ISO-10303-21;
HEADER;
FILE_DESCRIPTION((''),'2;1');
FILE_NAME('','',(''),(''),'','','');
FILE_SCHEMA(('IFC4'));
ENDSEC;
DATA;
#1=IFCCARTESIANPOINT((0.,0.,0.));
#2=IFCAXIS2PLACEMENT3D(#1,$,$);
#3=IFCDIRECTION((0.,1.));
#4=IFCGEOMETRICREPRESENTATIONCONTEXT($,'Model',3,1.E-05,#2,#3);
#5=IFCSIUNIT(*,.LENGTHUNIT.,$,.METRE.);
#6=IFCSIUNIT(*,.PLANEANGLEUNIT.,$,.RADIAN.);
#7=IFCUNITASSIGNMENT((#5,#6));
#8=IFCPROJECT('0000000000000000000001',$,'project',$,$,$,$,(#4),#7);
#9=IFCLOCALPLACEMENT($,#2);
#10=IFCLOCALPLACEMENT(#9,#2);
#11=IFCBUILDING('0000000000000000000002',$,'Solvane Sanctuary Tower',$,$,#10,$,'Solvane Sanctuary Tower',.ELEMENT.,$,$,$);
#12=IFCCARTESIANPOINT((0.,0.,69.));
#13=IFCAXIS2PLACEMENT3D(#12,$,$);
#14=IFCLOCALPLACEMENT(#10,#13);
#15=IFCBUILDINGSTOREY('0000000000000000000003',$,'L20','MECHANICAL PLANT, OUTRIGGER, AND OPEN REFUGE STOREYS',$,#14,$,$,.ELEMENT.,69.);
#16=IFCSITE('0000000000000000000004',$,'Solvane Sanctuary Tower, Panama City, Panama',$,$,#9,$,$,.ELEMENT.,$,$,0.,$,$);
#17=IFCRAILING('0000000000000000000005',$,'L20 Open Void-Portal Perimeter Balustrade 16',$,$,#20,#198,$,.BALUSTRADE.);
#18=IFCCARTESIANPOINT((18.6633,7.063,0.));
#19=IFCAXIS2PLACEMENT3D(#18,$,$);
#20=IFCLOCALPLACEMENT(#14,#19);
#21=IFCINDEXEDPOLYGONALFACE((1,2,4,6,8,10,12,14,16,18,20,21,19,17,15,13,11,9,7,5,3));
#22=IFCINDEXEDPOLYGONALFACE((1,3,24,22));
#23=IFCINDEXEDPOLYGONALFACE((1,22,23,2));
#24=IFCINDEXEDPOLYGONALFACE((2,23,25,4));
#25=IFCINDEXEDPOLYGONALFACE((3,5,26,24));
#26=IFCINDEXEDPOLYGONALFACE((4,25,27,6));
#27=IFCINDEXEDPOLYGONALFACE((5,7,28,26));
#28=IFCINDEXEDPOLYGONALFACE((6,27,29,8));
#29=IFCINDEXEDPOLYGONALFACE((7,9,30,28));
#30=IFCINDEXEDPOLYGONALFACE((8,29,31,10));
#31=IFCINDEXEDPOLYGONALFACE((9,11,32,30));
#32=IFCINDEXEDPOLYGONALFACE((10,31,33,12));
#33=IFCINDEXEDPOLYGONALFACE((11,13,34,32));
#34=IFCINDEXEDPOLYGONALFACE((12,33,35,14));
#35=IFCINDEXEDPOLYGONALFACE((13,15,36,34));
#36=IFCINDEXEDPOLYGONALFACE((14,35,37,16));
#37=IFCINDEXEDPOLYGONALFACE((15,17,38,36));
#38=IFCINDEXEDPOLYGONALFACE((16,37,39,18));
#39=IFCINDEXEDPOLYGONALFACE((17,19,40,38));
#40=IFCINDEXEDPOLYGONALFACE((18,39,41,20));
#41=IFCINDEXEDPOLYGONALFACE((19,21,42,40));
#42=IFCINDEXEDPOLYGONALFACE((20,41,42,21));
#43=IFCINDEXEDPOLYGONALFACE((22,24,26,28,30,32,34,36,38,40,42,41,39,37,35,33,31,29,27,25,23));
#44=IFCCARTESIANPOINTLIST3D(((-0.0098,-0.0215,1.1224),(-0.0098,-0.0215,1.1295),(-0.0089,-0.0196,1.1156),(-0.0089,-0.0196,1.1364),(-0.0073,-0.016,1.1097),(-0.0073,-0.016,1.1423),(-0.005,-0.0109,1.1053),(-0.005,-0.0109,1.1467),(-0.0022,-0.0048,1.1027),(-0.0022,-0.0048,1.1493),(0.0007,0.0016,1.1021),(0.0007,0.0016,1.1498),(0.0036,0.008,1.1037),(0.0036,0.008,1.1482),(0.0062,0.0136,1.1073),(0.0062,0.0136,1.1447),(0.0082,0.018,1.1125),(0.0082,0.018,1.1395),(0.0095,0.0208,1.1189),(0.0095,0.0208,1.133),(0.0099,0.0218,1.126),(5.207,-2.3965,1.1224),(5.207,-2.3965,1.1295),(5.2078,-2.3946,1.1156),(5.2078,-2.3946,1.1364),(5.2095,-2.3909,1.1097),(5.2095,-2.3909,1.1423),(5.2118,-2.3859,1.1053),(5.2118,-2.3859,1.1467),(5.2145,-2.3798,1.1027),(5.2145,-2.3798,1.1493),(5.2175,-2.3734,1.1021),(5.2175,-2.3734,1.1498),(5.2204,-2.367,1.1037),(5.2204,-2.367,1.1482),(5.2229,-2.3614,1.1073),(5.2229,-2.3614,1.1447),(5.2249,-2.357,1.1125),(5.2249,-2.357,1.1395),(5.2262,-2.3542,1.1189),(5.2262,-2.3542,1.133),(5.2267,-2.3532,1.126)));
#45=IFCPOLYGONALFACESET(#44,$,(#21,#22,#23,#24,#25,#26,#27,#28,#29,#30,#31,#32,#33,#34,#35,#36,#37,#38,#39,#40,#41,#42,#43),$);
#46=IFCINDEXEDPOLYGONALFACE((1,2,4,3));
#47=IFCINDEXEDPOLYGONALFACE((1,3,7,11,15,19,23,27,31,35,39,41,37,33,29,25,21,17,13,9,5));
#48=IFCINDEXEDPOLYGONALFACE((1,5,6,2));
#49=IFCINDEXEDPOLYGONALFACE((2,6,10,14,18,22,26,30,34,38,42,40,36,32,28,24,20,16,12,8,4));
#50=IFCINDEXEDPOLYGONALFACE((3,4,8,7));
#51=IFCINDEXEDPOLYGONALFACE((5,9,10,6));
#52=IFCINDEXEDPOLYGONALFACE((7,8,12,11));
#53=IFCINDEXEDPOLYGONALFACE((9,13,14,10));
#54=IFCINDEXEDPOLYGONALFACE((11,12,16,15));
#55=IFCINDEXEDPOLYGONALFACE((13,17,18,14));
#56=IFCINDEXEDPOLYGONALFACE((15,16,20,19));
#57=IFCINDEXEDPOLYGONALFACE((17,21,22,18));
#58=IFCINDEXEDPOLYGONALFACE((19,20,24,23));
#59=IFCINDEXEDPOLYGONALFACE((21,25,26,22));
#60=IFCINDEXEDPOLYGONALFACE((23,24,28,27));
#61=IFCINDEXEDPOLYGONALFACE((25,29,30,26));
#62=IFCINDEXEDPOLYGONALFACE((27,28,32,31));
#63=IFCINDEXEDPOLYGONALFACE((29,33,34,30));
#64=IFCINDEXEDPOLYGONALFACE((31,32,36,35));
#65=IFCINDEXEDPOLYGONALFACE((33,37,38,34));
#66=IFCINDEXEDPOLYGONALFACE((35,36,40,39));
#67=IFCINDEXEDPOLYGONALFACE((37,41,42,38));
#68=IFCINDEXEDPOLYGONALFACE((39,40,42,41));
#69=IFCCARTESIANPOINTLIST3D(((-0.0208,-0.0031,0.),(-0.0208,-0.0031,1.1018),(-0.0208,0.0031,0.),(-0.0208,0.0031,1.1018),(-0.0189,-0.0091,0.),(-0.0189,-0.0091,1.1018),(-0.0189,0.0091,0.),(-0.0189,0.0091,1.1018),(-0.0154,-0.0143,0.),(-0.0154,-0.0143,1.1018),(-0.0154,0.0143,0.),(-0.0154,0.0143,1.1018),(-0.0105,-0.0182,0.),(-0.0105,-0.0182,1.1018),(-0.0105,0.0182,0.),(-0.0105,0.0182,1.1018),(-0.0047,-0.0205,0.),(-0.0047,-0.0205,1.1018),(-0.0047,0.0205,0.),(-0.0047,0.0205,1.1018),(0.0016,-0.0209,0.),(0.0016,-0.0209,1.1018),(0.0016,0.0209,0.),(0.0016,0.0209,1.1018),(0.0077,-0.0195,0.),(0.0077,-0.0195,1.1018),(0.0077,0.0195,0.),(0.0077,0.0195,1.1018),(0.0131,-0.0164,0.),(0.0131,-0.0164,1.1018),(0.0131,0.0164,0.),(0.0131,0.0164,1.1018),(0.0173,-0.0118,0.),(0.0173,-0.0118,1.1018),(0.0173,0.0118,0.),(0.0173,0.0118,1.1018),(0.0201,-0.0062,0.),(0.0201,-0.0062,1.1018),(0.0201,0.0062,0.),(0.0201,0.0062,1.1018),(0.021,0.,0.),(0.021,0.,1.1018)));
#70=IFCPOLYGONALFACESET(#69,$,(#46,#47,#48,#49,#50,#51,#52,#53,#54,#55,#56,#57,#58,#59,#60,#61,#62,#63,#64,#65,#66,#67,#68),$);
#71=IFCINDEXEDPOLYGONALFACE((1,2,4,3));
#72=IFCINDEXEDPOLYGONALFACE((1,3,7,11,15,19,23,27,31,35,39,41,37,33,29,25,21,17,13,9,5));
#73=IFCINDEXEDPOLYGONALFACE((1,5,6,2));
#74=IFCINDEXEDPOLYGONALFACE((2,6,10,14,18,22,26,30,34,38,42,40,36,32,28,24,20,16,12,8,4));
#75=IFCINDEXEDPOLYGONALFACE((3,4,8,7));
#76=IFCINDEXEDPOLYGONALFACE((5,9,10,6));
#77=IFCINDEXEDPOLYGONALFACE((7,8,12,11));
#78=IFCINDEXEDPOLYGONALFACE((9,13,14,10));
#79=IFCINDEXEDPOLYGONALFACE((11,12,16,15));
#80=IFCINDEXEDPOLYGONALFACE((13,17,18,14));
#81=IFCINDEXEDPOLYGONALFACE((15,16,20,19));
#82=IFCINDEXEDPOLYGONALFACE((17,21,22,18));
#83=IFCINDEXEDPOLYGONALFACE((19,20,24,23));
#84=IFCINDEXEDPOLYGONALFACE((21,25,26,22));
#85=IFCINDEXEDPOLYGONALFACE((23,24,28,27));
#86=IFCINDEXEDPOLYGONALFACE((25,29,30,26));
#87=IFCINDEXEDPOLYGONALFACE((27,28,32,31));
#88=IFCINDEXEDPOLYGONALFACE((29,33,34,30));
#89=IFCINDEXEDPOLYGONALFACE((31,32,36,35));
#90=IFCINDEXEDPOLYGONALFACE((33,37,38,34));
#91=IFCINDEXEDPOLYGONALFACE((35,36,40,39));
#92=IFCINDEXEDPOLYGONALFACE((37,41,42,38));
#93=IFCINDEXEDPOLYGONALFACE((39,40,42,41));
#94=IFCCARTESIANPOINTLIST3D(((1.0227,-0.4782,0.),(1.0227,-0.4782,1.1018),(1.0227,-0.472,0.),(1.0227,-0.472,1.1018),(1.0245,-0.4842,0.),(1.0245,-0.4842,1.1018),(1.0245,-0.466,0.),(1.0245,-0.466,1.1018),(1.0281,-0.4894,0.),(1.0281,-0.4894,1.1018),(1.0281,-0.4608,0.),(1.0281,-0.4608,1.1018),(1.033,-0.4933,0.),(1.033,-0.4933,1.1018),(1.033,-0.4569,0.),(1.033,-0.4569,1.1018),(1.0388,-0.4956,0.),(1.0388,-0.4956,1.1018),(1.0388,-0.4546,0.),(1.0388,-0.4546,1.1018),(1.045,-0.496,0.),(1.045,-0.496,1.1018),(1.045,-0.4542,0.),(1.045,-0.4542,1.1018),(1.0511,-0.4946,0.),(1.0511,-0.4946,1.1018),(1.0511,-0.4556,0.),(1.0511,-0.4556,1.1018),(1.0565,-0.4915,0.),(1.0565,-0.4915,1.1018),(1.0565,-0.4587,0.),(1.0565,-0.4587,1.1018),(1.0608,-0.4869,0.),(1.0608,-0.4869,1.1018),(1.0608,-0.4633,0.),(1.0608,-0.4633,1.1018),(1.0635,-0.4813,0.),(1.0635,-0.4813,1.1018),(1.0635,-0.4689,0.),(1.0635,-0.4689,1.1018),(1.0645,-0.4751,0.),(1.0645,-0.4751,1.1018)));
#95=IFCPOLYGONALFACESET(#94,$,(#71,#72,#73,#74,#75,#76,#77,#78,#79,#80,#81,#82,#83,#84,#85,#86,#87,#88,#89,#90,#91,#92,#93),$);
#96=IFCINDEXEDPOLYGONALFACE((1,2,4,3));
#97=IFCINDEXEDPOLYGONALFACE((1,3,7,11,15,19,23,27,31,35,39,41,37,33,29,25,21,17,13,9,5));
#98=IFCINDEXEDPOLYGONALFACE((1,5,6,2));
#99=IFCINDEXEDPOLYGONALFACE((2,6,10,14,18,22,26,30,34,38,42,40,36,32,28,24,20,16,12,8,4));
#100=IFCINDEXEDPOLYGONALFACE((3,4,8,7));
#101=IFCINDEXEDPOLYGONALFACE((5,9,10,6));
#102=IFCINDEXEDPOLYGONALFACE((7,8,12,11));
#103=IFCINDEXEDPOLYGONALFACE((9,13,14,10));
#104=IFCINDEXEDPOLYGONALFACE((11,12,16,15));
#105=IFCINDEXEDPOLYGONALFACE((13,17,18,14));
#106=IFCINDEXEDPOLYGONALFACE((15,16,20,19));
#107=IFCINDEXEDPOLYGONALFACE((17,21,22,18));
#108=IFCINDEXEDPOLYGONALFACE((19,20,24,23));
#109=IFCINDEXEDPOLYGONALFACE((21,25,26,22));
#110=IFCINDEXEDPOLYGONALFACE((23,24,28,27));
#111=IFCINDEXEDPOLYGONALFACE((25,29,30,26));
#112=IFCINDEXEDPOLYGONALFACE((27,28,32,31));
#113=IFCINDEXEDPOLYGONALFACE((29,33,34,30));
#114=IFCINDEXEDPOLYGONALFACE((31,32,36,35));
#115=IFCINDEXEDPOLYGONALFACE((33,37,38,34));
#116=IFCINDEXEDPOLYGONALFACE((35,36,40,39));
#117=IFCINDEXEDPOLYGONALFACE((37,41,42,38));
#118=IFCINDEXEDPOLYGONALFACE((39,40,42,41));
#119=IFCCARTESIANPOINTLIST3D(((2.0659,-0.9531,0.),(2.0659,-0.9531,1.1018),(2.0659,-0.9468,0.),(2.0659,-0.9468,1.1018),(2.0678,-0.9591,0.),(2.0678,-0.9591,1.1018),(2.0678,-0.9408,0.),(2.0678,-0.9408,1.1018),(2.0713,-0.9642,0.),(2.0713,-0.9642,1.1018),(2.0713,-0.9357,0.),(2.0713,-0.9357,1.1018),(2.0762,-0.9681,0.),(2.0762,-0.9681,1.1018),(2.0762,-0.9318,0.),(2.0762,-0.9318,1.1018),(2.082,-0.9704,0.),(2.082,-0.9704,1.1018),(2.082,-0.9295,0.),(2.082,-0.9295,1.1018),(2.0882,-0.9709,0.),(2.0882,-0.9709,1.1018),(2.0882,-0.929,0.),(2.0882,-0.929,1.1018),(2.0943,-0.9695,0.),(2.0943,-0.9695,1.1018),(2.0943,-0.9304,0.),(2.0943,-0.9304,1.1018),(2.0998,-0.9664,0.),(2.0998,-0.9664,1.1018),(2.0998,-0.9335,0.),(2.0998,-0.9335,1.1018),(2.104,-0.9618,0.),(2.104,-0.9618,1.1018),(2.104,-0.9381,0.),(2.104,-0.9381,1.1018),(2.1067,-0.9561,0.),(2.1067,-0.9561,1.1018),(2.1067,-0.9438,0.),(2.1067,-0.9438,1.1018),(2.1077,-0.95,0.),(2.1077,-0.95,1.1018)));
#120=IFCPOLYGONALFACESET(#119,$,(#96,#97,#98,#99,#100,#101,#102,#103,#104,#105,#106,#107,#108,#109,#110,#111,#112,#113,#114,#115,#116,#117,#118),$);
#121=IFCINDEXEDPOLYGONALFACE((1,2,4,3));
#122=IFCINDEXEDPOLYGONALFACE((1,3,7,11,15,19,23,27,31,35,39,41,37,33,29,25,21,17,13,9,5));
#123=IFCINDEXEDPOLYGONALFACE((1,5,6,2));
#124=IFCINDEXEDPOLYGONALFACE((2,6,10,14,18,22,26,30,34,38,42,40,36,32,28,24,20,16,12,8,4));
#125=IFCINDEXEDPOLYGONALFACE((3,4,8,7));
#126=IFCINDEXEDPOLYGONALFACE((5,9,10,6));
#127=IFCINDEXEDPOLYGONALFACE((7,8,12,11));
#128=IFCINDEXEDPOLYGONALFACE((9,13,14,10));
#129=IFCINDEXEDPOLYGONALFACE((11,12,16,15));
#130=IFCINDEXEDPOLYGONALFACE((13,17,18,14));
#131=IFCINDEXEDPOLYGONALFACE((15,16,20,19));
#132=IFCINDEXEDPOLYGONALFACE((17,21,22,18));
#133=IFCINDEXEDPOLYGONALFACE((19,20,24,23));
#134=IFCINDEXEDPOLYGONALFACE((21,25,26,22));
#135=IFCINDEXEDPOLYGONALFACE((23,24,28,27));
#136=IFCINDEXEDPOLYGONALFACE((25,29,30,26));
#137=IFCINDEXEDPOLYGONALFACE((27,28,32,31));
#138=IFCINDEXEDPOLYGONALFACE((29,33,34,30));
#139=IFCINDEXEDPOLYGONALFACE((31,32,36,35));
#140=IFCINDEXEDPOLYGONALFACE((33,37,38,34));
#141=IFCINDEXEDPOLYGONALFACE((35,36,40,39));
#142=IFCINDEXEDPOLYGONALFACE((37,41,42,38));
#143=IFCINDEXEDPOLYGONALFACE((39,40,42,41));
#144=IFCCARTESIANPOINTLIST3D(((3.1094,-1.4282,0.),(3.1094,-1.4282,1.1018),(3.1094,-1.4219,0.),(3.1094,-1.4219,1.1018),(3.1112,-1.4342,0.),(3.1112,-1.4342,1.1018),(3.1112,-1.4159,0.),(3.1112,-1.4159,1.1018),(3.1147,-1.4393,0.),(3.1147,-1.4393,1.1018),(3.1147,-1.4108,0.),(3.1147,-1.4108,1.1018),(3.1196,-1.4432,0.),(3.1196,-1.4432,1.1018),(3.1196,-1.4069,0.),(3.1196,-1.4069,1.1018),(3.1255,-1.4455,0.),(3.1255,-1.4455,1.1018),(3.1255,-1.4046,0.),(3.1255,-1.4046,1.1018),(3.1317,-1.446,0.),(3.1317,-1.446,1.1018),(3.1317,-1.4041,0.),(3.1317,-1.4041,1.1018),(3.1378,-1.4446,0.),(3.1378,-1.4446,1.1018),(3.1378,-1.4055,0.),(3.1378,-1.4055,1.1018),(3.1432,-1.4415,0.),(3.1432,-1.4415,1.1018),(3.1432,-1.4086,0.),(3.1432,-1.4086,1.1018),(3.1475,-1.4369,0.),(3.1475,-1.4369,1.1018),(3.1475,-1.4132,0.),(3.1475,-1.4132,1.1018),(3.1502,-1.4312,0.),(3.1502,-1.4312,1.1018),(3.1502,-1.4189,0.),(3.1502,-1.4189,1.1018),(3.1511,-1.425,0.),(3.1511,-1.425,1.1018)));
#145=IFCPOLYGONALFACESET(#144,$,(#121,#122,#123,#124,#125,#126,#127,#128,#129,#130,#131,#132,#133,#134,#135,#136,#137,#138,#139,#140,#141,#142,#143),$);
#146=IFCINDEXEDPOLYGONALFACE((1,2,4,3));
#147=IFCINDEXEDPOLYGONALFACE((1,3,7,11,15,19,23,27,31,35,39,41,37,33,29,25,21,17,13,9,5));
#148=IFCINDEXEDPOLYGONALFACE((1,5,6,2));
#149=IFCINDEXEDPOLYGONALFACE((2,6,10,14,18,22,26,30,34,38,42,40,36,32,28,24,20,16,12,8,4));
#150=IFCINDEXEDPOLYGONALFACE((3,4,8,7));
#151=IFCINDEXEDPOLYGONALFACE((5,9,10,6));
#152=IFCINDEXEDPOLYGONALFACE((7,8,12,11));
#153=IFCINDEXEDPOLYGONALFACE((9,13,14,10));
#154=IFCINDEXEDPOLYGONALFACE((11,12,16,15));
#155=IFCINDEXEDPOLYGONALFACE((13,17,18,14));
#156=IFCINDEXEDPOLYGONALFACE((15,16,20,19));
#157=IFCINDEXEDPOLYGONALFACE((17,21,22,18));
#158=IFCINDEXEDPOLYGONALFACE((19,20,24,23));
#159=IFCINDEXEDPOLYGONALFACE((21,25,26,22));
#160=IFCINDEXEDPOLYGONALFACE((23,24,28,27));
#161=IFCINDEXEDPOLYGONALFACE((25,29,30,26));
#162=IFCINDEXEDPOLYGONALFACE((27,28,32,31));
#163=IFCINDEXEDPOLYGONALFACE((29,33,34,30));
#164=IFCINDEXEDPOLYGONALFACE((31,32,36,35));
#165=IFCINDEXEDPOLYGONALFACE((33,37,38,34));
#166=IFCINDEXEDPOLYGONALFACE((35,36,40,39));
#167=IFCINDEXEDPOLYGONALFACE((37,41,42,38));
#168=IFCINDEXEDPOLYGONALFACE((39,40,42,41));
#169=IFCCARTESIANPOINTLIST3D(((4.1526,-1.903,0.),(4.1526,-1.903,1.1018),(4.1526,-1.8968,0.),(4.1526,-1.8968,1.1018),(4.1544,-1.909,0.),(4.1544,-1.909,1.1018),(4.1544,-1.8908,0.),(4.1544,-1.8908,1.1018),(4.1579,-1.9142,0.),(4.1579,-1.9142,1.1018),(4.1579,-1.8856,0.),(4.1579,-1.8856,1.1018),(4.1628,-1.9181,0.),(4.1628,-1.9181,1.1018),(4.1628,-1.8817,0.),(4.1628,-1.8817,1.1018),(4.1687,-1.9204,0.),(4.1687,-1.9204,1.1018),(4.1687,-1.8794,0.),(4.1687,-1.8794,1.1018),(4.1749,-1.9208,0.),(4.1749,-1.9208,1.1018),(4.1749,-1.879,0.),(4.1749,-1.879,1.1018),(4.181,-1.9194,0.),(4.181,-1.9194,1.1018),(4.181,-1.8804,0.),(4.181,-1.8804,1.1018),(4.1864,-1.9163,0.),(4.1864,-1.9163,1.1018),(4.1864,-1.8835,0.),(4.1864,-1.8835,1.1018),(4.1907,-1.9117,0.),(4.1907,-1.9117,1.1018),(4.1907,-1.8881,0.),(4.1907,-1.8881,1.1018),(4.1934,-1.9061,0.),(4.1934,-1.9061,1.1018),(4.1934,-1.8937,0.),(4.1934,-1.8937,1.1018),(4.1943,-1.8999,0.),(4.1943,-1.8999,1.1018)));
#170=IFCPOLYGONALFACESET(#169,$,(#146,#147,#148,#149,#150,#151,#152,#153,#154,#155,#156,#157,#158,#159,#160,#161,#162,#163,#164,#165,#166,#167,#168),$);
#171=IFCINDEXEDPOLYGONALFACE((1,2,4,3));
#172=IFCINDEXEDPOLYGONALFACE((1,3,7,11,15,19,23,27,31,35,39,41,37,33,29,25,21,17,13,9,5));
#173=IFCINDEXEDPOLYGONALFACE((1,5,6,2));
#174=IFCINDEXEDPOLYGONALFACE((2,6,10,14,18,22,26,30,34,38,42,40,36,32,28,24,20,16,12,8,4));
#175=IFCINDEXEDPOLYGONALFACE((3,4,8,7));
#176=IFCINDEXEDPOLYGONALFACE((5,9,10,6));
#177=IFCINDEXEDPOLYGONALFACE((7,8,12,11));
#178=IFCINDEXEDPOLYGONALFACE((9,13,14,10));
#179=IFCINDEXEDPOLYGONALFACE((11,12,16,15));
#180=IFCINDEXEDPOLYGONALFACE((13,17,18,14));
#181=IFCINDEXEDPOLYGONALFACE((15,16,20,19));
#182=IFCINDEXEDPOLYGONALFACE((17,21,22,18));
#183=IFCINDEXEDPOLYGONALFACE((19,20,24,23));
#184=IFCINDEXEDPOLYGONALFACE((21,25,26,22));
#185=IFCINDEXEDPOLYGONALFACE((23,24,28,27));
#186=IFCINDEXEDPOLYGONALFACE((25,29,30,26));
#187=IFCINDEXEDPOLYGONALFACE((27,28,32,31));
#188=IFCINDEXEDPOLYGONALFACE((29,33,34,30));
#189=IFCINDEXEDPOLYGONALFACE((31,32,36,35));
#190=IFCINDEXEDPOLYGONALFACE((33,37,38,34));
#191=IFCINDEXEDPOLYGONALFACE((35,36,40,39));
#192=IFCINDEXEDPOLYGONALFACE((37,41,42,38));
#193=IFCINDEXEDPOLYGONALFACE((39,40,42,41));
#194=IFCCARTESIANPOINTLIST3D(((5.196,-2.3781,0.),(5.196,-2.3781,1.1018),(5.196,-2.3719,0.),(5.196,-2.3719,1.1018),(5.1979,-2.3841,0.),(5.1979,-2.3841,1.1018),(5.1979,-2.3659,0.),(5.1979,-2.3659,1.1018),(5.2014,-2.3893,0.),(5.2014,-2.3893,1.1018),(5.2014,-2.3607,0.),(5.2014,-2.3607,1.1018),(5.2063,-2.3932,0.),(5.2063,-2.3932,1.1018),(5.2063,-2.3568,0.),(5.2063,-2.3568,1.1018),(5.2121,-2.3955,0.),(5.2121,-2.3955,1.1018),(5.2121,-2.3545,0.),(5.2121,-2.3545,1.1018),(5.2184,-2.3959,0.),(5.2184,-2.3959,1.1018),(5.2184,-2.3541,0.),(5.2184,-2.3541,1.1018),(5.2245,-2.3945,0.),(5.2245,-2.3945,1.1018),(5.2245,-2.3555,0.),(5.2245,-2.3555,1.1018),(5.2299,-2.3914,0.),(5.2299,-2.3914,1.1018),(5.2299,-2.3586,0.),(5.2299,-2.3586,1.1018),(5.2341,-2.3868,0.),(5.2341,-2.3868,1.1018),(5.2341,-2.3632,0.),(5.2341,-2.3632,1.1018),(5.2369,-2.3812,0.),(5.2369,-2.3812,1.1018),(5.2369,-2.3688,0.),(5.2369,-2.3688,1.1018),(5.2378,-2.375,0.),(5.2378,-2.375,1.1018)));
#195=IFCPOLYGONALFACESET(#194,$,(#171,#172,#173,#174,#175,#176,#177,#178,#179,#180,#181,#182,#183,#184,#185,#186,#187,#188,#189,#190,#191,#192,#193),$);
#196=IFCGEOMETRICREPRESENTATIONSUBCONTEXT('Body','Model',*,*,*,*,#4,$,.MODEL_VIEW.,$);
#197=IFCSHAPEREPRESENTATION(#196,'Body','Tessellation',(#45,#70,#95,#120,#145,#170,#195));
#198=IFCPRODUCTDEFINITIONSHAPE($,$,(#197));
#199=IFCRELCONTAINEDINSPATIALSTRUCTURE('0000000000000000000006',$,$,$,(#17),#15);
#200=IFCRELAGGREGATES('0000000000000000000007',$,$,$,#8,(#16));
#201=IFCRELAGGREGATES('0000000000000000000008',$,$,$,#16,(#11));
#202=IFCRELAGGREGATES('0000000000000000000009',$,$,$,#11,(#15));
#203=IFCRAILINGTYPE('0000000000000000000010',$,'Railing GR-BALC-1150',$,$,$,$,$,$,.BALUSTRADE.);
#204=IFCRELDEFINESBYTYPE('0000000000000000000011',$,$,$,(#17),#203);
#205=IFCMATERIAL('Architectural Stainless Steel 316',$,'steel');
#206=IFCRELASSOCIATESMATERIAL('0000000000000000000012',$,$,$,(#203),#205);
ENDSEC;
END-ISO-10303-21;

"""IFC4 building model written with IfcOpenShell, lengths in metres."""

from ifc_helpers import new_model, si_unit, direction, frame, origin, origin_2d, place, context, subcontext, project, spatial, circle, extrude, material, type_object, element, save


model = new_model("IFC4")

# Units and contexts
model_context = context("Model", 3, precision=1e-05, world=origin(), true_north=direction((0.0, 1.0)))
body_context = subcontext(model_context, "Body", "Model", "MODEL_VIEW")
ifc_project = project(units=[si_unit("LENGTHUNIT", "METRE"), si_unit("PLANEANGLEUNIT", "RADIAN")], contexts=[model_context])

# Site, building, storey
site_placement = place(None, origin())
site = spatial("IfcSite", under=ifc_project, at=site_placement, Name="Solvane Sanctuary Tower, Panama City, Panama", CompositionType="ELEMENT", RefElevation=0.0)
building_placement = place(site_placement, origin())
building = spatial("IfcBuilding", under=site, at=building_placement, Name="Solvane Sanctuary Tower", LongName="Solvane Sanctuary Tower", CompositionType="ELEMENT")
storey_placement = place(building_placement, frame((0.0, 0.0, 69.0)))
storey = spatial("IfcBuildingStorey", under=building, at=storey_placement, Name="L20", Description="MECHANICAL PLANT, OUTRIGGER, AND OPEN REFUGE STOREYS", CompositionType="ELEMENT", Elevation=69.0)

# Shared definitions
ifc_material_1 = material(Name="Architectural Stainless Steel 316", Category="steel")

# Railing
railing_type_1 = type_object("IfcRailingType", Name="Railing GR-BALC-1150", PredefinedType="BALUSTRADE", material=ifc_material_1)
railing_1_placement = place(storey_placement, frame((18.6633, 7.063, 0.0)))
element("IfcRailing", 1, at=railing_1_placement, inside=storey, type_object=railing_type_1, Name="L20 Open Void-Portal Perimeter Balustrade 16", PredefinedType="BALUSTRADE", context=body_context, shape_type="SweptSolid", body=[
    extrude(circle(Radius=0.0239, at=origin_2d()), frame((0.0, 0.0, 1.126), z_axis=(0.910121, -0.414342, 0.0), x_axis=(0.414342, 0.910121, 0.0)), (0.0, 0.0, 1.0), 5.7319),
    extrude(circle(Radius=0.021, at=origin_2d()), origin(), (0.0, 0.0, 1.0), 1.1018),
    extrude(circle(Radius=0.021, at=origin_2d()), frame((1.0435, -0.4751, 0.0)), (0.0, 0.0, 1.0), 1.1018),
    extrude(circle(Radius=0.021, at=origin_2d()), frame((2.0867, -0.95, 0.0)), (0.0, 0.0, 1.0), 1.1018),
    extrude(circle(Radius=0.021, at=origin_2d()), frame((3.1301, -1.425, 0.0)), (0.0, 0.0, 1.0), 1.1018),
    extrude(circle(Radius=0.021, at=origin_2d()), frame((4.1733, -1.8999, 0.0)), (0.0, 0.0, 1.0), 1.1018),
    extrude(circle(Radius=0.021, at=origin_2d()), frame((5.2168, -2.375, 0.0)), (0.0, 0.0, 1.0), 1.1018),
])

save(model, "model.ifc")
